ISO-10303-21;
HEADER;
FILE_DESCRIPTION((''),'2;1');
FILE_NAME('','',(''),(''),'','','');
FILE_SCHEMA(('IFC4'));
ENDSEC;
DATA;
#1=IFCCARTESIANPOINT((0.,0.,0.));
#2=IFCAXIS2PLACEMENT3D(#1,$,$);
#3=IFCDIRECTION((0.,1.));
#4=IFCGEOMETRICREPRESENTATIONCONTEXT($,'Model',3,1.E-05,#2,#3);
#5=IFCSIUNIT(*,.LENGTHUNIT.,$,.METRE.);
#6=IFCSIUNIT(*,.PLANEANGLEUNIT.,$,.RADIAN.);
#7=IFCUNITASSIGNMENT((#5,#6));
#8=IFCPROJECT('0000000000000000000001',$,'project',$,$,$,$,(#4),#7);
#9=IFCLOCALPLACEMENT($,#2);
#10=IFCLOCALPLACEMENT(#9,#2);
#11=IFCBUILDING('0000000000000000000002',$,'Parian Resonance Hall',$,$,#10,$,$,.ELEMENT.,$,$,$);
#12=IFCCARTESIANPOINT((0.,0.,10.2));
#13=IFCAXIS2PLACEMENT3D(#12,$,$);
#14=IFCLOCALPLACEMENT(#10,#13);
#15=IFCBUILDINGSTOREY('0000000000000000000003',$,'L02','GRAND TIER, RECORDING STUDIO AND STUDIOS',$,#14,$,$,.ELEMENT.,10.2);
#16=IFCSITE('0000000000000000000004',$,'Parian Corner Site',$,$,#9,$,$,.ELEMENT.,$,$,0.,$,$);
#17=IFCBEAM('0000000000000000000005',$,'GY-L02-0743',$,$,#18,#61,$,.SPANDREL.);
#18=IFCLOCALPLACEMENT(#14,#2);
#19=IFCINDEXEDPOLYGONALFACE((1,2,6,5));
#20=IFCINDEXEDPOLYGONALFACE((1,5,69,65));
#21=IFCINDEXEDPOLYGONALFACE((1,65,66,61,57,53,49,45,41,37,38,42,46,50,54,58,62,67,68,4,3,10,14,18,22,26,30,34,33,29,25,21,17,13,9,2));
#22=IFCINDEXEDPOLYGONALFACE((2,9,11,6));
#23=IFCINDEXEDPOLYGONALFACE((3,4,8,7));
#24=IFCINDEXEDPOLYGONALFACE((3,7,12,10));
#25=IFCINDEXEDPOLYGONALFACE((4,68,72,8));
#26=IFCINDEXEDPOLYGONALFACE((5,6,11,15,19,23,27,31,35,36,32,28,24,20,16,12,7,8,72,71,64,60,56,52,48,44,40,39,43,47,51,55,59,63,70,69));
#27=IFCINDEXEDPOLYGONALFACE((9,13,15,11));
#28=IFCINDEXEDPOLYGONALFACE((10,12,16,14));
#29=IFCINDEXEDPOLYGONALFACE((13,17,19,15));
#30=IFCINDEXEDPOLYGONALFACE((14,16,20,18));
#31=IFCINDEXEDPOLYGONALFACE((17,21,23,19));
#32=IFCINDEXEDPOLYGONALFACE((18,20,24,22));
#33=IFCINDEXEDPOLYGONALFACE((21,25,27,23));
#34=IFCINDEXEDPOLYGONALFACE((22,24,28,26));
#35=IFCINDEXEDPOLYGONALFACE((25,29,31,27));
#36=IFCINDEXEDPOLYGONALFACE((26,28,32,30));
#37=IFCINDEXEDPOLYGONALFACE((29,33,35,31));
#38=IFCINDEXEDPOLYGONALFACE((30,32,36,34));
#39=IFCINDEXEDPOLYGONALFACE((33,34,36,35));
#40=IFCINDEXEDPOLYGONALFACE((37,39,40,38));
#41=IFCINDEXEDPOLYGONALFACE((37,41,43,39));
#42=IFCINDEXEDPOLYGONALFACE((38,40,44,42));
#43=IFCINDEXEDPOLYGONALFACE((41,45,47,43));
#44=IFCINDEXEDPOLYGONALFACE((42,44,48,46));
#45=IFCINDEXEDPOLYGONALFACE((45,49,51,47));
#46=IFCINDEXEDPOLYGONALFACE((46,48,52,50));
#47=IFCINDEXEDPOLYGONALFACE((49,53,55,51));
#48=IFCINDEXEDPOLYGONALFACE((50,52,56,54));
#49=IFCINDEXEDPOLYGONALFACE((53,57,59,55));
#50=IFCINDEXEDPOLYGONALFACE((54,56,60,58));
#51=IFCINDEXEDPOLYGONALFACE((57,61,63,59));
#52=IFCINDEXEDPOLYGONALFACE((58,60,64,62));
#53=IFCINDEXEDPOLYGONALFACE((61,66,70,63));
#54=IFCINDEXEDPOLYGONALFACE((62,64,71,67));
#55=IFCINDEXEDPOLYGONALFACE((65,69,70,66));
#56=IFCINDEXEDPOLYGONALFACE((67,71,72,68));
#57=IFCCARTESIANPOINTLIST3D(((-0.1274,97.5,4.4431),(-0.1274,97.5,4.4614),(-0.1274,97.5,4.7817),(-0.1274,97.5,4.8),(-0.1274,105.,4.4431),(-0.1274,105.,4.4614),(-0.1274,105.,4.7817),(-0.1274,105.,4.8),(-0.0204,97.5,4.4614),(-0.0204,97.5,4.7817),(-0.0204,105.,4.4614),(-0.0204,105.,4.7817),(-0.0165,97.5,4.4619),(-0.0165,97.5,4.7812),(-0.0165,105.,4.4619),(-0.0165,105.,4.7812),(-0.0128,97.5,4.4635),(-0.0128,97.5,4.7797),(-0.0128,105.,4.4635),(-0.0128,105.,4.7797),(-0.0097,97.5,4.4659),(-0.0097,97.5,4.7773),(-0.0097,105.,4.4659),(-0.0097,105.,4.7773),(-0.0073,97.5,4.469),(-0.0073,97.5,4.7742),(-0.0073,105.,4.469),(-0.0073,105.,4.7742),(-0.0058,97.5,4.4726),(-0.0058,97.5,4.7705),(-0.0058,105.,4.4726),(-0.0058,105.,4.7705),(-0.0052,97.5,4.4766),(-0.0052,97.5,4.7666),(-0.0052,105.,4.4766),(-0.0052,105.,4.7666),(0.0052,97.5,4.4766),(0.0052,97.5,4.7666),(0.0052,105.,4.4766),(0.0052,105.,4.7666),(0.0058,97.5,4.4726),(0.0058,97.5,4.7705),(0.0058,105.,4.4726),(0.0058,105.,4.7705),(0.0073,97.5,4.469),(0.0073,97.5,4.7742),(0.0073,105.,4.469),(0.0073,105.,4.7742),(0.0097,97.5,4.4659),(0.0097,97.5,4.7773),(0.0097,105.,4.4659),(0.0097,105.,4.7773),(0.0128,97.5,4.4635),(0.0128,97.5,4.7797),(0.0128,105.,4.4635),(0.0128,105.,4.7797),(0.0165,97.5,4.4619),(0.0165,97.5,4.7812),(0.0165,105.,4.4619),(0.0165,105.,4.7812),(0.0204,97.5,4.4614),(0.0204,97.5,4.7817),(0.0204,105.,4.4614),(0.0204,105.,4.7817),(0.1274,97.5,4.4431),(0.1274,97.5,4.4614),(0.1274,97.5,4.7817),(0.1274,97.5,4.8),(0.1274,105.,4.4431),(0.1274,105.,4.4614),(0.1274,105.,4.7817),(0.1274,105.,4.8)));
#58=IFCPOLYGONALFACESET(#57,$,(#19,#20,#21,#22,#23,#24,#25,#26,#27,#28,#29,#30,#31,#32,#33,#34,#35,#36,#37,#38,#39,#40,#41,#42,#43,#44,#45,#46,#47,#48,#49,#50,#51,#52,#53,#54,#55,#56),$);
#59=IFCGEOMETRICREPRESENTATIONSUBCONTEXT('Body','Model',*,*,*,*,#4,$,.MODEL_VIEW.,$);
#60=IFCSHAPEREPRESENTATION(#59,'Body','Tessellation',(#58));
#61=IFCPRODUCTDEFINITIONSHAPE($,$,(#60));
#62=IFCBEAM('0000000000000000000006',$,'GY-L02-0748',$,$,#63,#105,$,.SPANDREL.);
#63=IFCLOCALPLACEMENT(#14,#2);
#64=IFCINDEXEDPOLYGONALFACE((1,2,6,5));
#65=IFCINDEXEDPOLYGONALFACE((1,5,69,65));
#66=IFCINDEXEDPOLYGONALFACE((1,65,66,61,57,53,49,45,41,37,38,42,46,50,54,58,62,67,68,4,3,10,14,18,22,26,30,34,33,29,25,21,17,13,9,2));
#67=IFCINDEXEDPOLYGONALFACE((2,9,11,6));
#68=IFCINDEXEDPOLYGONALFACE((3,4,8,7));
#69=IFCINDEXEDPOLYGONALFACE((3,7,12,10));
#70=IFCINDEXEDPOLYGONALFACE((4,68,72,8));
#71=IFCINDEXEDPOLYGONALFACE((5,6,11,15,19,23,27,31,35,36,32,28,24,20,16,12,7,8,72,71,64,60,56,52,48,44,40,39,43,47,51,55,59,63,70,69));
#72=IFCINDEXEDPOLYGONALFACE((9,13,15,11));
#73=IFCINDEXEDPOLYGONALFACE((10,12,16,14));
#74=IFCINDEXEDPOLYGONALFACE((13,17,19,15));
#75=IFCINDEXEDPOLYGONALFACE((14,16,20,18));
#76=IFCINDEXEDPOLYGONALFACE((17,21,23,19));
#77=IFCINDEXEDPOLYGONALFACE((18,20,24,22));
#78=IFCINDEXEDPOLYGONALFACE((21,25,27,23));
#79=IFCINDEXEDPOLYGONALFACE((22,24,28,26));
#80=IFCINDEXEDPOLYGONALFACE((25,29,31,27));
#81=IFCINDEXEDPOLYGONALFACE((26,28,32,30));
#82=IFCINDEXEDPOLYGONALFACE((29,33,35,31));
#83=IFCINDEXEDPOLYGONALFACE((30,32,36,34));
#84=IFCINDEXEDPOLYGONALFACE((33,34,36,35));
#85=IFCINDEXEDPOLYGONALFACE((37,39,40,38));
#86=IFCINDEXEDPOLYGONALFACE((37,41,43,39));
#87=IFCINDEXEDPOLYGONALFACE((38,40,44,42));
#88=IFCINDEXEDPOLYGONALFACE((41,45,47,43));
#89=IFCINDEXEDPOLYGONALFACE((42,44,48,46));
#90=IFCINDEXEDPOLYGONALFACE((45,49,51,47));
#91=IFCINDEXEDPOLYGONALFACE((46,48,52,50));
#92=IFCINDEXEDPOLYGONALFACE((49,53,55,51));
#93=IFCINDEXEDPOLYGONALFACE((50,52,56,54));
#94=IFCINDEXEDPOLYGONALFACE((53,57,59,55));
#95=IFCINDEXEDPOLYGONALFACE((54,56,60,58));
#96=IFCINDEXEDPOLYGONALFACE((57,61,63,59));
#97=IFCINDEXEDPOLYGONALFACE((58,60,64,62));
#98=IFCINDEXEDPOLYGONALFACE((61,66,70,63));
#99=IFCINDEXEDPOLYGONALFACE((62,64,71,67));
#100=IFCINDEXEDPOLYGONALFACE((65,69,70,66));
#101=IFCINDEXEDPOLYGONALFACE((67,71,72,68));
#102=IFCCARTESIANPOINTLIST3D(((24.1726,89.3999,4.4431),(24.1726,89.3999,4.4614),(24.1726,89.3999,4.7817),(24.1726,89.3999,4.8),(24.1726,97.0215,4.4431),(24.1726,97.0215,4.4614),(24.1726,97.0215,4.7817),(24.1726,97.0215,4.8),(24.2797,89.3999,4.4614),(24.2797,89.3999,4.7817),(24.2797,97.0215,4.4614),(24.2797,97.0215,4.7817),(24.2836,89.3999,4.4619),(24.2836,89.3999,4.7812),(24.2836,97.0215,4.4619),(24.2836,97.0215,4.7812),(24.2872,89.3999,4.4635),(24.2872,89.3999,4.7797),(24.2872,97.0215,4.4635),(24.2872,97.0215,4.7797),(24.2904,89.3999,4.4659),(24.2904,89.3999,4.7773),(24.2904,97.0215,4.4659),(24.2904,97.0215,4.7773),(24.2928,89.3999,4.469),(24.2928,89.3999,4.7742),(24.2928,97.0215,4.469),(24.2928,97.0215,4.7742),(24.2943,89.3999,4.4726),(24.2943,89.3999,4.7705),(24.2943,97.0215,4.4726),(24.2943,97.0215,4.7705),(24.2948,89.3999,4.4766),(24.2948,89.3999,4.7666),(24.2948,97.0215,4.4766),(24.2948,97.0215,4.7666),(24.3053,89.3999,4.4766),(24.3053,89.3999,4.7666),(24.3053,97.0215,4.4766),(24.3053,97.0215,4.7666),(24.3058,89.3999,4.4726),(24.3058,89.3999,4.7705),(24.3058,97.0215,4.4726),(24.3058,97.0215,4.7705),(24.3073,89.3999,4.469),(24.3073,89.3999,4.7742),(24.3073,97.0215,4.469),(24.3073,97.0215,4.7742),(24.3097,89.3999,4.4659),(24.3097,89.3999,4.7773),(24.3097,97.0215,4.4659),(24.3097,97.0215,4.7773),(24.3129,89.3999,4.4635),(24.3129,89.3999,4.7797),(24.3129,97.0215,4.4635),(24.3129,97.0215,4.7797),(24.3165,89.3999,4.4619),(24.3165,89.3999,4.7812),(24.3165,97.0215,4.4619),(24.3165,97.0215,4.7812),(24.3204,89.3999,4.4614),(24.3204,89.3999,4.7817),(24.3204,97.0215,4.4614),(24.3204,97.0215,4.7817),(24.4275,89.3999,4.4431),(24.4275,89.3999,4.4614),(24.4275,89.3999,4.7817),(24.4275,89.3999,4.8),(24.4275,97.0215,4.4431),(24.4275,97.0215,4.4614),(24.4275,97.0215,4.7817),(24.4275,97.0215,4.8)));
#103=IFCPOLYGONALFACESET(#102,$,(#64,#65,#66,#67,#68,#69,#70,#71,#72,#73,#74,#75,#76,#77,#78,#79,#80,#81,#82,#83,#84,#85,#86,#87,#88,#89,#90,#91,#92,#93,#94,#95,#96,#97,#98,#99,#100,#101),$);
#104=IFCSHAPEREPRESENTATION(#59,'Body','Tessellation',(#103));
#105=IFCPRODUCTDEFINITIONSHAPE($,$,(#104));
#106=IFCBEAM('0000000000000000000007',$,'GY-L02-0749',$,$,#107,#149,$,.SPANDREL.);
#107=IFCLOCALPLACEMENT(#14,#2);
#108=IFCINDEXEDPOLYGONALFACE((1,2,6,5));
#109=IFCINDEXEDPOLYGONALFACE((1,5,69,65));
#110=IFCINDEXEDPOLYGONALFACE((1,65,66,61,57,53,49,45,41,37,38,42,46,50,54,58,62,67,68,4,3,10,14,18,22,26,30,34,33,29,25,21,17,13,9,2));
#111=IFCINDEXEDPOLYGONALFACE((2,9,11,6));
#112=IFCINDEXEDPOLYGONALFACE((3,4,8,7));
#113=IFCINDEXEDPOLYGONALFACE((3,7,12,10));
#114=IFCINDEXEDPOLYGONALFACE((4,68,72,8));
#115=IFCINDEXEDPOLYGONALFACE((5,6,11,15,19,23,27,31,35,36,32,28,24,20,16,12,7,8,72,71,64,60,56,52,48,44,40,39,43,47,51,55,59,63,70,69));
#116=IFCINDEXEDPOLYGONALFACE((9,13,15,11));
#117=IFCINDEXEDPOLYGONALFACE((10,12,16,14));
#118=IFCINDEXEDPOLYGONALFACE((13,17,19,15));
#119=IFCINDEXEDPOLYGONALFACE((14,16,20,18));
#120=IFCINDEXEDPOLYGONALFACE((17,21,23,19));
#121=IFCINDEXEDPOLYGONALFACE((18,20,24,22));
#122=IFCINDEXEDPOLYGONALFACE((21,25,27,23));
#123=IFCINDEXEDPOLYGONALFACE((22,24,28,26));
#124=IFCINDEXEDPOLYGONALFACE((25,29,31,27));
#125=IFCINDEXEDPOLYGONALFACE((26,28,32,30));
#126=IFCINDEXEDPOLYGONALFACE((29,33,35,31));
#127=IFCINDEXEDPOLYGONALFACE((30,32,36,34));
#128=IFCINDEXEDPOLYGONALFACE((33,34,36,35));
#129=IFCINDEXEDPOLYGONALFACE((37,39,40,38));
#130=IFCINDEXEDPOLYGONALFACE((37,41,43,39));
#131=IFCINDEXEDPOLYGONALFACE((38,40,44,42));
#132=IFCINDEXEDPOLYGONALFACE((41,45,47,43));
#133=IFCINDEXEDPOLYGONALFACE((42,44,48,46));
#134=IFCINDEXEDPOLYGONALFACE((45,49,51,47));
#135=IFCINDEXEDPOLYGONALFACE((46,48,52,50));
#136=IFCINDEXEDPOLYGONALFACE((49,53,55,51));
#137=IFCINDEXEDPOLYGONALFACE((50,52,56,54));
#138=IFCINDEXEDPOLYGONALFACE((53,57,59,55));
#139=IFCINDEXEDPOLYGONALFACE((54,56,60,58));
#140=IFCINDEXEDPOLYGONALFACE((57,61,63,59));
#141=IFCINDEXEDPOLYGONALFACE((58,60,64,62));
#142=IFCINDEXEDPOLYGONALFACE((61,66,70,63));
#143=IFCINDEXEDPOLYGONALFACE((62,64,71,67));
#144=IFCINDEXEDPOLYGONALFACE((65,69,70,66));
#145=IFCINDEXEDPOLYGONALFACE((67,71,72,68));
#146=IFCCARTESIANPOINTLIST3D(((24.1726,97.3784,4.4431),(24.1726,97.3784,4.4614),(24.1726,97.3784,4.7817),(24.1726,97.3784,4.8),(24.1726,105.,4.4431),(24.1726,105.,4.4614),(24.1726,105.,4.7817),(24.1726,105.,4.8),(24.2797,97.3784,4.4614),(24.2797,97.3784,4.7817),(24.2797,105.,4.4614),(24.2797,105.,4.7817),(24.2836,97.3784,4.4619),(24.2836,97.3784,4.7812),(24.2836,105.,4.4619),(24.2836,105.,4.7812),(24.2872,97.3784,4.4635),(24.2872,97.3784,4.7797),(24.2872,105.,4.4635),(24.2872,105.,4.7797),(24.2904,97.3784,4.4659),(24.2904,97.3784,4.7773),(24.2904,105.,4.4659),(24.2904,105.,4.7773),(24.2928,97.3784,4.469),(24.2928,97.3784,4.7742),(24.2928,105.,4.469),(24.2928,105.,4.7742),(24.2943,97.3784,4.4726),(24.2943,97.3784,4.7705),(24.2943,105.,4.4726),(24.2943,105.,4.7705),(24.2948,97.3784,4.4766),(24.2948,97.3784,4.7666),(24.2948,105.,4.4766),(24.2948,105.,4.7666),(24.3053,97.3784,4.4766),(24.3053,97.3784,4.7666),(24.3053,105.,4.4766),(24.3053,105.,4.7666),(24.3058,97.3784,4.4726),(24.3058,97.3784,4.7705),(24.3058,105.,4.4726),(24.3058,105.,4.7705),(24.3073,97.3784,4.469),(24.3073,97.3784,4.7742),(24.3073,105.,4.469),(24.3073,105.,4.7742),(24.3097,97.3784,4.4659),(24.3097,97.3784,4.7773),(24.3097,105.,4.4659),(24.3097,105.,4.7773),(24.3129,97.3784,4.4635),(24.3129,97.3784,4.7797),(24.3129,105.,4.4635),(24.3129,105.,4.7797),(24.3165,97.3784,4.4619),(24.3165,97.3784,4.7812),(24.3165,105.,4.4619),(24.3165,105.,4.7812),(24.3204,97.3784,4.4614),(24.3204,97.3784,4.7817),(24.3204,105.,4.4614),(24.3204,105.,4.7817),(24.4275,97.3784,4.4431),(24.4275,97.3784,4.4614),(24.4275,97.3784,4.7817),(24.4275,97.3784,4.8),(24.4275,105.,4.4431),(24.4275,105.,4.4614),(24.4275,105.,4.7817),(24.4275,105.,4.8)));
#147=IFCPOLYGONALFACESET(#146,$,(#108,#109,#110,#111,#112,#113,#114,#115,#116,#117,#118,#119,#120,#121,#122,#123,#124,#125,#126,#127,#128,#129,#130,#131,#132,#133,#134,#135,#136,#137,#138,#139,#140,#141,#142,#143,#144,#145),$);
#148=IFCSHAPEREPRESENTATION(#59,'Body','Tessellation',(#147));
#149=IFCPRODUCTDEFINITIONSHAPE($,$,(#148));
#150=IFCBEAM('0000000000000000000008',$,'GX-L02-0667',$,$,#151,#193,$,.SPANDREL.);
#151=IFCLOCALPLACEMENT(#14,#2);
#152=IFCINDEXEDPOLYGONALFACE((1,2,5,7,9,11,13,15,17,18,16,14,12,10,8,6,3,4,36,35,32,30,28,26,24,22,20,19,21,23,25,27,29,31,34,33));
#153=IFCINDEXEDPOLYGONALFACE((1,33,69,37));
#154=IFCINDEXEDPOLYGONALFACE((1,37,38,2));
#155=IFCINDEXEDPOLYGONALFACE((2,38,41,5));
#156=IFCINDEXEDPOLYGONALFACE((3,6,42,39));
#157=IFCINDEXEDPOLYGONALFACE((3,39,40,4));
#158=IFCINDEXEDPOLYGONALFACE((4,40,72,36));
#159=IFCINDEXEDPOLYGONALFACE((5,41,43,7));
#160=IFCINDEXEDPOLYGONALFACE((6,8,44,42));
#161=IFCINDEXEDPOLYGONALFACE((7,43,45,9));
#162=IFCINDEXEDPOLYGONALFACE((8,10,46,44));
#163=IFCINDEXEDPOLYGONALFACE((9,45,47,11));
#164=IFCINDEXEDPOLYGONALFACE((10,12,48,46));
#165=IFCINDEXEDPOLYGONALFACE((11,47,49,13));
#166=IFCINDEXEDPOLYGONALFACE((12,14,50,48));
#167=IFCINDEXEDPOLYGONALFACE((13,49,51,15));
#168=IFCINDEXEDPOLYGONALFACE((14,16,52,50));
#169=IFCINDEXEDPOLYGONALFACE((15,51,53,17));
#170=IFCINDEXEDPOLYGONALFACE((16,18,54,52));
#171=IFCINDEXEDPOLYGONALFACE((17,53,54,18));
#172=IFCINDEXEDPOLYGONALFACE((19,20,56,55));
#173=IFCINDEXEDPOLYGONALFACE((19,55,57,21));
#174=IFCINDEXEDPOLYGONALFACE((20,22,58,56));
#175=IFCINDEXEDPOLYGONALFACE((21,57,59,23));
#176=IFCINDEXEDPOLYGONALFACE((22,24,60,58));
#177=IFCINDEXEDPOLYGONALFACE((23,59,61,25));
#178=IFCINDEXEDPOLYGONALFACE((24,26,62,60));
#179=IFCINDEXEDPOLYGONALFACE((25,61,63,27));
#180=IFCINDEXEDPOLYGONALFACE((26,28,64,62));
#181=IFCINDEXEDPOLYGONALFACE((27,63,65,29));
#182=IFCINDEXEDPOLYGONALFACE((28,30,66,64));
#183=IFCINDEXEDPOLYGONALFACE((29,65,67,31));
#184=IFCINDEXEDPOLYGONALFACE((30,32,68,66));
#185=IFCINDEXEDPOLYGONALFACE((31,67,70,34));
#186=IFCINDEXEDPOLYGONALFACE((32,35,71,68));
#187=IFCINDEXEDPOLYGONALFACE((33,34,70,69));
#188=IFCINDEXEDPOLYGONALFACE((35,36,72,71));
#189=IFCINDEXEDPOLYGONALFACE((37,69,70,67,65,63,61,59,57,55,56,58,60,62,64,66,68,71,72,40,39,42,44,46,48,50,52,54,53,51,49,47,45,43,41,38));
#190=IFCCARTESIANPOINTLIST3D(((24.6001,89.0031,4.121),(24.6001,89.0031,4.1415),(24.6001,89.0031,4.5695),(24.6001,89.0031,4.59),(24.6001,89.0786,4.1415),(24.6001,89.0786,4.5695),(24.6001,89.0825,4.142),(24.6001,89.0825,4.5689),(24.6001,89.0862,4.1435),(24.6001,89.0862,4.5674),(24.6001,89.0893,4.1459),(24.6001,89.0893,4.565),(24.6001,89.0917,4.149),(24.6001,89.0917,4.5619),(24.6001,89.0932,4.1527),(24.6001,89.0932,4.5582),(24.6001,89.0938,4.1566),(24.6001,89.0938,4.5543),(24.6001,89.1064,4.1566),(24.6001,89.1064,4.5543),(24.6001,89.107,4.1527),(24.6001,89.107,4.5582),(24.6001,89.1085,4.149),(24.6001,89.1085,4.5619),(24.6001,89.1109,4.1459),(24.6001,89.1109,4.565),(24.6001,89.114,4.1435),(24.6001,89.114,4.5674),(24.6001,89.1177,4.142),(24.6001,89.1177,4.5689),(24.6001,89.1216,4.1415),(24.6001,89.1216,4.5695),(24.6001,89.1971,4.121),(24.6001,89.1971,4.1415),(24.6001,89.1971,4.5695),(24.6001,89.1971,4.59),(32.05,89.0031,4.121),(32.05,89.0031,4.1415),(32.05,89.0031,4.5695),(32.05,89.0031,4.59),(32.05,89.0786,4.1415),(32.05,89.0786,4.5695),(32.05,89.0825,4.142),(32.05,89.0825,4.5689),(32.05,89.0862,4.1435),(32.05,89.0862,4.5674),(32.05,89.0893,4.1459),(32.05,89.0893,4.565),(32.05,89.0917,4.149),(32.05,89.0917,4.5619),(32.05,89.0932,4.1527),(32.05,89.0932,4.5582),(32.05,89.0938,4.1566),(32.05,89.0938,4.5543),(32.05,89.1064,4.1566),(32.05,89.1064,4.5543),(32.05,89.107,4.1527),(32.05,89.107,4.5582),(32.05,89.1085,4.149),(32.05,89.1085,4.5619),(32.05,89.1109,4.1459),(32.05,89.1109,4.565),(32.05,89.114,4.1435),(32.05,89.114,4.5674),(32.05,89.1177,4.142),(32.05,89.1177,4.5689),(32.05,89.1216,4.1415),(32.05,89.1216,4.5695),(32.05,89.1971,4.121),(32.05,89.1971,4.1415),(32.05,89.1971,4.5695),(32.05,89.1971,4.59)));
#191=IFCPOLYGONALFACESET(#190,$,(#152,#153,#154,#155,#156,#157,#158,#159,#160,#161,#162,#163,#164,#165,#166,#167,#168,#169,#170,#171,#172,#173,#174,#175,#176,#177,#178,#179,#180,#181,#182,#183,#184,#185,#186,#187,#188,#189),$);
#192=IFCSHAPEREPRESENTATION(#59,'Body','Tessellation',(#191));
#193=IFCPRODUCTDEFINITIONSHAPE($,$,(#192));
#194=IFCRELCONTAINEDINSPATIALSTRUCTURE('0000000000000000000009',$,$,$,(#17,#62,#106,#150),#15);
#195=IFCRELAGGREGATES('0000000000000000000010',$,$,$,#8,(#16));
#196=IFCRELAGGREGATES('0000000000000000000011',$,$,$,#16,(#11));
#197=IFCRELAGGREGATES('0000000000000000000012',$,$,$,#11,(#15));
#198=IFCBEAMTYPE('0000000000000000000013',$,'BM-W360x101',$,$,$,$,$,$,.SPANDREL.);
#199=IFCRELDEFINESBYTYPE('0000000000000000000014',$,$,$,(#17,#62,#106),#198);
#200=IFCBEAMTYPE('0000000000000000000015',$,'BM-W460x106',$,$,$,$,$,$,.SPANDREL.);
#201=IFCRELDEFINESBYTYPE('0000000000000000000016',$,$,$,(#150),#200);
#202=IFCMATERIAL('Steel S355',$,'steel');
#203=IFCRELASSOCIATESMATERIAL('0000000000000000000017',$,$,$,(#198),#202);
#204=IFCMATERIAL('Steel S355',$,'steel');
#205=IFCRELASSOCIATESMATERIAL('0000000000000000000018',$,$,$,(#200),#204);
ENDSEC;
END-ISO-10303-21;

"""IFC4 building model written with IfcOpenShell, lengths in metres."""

from ifc_helpers import new_model, si_unit, direction, frame, origin, origin_2d, place, context, subcontext, project, spatial, i_section, extrude, material, material_profile, profile_set, type_object, element, save


model = new_model("IFC4")

# Units and contexts
model_context = context("Model", 3, precision=1e-05, world=origin(), true_north=direction((0.0, 1.0)))
body_context = subcontext(model_context, "Body", "Model", "MODEL_VIEW")
ifc_project = project(units=[si_unit("LENGTHUNIT", "METRE"), si_unit("PLANEANGLEUNIT", "RADIAN")], contexts=[model_context])

# Site, building, storey
site_placement = place(None, origin())
site = spatial("IfcSite", under=ifc_project, at=site_placement, Name="Parian Corner Site", CompositionType="ELEMENT", RefElevation=0.0)
building_placement = place(site_placement, origin())
building = spatial("IfcBuilding", under=site, at=building_placement, Name="Parian Resonance Hall", CompositionType="ELEMENT")
storey_placement = place(building_placement, frame((0.0, 0.0, 10.2)))
storey = spatial("IfcBuildingStorey", under=building, at=storey_placement, Name="L02", Description="GRAND TIER, RECORDING STUDIO AND STUDIOS", CompositionType="ELEMENT", Elevation=10.2)

# Beams
ifc_material_1 = material(Name="Steel S355", Category="steel")
ifc_material_profile_1 = material_profile(ifc_material_1, i_section(OverallWidth=0.2549, OverallDepth=0.3569, WebThickness=0.0105, FlangeThickness=0.0183, FilletRadius=0.0151, at=origin_2d()), Name="W360x101")
ifc_profile_set_1 = profile_set([ifc_material_profile_1], Name="Steel S355")
beam_type_1 = type_object("IfcBeamType", Name="BM-W360x101", PredefinedType="SPANDREL", material=ifc_profile_set_1)
for number, where, z_axis, x_axis, name in (
    (1, (0.0, 97.5, 4.6216), (0.0, 1.0, 0.0), (-1.0, 0.0, 0.0), "GY-L02-0743"),
):
    element("IfcBeam", number, at=place(storey_placement, frame(where, z_axis=z_axis, x_axis=x_axis)), inside=storey, type_object=beam_type_1, Name=name, PredefinedType="SPANDREL", context=body_context, shape_type="SweptSolid", body=[
        extrude(i_section(OverallWidth=0.2549, OverallDepth=0.3569, WebThickness=0.0105, FlangeThickness=0.0183, FilletRadius=0.0151, at=origin_2d()), origin(), (0.0, 0.0, 1.0), 7.5),
    ])
for number, where, z_axis, x_axis, name in (
    (2, (24.3, 89.3999, 4.6216), (0.0, 1.0, 0.0), (-1.0, 0.0, 0.0), "GY-L02-0748"),
    (3, (24.3, 97.3784, 4.6216), (0.0, 1.0, 0.0), (-1.0, 0.0, 0.0), "GY-L02-0749"),
):
    element("IfcBeam", number, at=place(storey_placement, frame(where, z_axis=z_axis, x_axis=x_axis)), inside=storey, type_object=beam_type_1, Name=name, PredefinedType="SPANDREL", context=body_context, shape_type="SweptSolid", body=[
        extrude(i_section(OverallWidth=0.2549, OverallDepth=0.3569, WebThickness=0.0105, FlangeThickness=0.0183, FilletRadius=0.0151, at=origin_2d()), origin(), (0.0, 0.0, 1.0), 7.6216),
    ])
ifc_material_2 = material(Name="Steel S355", Category="steel")
ifc_material_profile_2 = material_profile(ifc_material_2, i_section(OverallWidth=0.1941, OverallDepth=0.469, WebThickness=0.0127, FlangeThickness=0.0205, FilletRadius=0.0151, at=origin_2d()), Name="W460x106")
ifc_profile_set_2 = profile_set([ifc_material_profile_2], Name="Steel S355")
beam_type_2 = type_object("IfcBeamType", Name="BM-W460x106", PredefinedType="SPANDREL", material=ifc_profile_set_2)
beam_1_placement = place(storey_placement, frame((24.6001, 89.1001, 4.3555), z_axis=(1.0, 0.0, 0.0), x_axis=(0.0, 1.0, 0.0)))
element("IfcBeam", 4, at=beam_1_placement, inside=storey, type_object=beam_type_2, Name="GX-L02-0667", PredefinedType="SPANDREL", context=body_context, shape_type="SweptSolid", body=[
    extrude(i_section(OverallWidth=0.1941, OverallDepth=0.469, WebThickness=0.0127, FlangeThickness=0.0205, FilletRadius=0.0151, at=origin_2d()), origin(), (0.0, 0.0, 1.0), 7.45),
])

save(model, "model.ifc")
